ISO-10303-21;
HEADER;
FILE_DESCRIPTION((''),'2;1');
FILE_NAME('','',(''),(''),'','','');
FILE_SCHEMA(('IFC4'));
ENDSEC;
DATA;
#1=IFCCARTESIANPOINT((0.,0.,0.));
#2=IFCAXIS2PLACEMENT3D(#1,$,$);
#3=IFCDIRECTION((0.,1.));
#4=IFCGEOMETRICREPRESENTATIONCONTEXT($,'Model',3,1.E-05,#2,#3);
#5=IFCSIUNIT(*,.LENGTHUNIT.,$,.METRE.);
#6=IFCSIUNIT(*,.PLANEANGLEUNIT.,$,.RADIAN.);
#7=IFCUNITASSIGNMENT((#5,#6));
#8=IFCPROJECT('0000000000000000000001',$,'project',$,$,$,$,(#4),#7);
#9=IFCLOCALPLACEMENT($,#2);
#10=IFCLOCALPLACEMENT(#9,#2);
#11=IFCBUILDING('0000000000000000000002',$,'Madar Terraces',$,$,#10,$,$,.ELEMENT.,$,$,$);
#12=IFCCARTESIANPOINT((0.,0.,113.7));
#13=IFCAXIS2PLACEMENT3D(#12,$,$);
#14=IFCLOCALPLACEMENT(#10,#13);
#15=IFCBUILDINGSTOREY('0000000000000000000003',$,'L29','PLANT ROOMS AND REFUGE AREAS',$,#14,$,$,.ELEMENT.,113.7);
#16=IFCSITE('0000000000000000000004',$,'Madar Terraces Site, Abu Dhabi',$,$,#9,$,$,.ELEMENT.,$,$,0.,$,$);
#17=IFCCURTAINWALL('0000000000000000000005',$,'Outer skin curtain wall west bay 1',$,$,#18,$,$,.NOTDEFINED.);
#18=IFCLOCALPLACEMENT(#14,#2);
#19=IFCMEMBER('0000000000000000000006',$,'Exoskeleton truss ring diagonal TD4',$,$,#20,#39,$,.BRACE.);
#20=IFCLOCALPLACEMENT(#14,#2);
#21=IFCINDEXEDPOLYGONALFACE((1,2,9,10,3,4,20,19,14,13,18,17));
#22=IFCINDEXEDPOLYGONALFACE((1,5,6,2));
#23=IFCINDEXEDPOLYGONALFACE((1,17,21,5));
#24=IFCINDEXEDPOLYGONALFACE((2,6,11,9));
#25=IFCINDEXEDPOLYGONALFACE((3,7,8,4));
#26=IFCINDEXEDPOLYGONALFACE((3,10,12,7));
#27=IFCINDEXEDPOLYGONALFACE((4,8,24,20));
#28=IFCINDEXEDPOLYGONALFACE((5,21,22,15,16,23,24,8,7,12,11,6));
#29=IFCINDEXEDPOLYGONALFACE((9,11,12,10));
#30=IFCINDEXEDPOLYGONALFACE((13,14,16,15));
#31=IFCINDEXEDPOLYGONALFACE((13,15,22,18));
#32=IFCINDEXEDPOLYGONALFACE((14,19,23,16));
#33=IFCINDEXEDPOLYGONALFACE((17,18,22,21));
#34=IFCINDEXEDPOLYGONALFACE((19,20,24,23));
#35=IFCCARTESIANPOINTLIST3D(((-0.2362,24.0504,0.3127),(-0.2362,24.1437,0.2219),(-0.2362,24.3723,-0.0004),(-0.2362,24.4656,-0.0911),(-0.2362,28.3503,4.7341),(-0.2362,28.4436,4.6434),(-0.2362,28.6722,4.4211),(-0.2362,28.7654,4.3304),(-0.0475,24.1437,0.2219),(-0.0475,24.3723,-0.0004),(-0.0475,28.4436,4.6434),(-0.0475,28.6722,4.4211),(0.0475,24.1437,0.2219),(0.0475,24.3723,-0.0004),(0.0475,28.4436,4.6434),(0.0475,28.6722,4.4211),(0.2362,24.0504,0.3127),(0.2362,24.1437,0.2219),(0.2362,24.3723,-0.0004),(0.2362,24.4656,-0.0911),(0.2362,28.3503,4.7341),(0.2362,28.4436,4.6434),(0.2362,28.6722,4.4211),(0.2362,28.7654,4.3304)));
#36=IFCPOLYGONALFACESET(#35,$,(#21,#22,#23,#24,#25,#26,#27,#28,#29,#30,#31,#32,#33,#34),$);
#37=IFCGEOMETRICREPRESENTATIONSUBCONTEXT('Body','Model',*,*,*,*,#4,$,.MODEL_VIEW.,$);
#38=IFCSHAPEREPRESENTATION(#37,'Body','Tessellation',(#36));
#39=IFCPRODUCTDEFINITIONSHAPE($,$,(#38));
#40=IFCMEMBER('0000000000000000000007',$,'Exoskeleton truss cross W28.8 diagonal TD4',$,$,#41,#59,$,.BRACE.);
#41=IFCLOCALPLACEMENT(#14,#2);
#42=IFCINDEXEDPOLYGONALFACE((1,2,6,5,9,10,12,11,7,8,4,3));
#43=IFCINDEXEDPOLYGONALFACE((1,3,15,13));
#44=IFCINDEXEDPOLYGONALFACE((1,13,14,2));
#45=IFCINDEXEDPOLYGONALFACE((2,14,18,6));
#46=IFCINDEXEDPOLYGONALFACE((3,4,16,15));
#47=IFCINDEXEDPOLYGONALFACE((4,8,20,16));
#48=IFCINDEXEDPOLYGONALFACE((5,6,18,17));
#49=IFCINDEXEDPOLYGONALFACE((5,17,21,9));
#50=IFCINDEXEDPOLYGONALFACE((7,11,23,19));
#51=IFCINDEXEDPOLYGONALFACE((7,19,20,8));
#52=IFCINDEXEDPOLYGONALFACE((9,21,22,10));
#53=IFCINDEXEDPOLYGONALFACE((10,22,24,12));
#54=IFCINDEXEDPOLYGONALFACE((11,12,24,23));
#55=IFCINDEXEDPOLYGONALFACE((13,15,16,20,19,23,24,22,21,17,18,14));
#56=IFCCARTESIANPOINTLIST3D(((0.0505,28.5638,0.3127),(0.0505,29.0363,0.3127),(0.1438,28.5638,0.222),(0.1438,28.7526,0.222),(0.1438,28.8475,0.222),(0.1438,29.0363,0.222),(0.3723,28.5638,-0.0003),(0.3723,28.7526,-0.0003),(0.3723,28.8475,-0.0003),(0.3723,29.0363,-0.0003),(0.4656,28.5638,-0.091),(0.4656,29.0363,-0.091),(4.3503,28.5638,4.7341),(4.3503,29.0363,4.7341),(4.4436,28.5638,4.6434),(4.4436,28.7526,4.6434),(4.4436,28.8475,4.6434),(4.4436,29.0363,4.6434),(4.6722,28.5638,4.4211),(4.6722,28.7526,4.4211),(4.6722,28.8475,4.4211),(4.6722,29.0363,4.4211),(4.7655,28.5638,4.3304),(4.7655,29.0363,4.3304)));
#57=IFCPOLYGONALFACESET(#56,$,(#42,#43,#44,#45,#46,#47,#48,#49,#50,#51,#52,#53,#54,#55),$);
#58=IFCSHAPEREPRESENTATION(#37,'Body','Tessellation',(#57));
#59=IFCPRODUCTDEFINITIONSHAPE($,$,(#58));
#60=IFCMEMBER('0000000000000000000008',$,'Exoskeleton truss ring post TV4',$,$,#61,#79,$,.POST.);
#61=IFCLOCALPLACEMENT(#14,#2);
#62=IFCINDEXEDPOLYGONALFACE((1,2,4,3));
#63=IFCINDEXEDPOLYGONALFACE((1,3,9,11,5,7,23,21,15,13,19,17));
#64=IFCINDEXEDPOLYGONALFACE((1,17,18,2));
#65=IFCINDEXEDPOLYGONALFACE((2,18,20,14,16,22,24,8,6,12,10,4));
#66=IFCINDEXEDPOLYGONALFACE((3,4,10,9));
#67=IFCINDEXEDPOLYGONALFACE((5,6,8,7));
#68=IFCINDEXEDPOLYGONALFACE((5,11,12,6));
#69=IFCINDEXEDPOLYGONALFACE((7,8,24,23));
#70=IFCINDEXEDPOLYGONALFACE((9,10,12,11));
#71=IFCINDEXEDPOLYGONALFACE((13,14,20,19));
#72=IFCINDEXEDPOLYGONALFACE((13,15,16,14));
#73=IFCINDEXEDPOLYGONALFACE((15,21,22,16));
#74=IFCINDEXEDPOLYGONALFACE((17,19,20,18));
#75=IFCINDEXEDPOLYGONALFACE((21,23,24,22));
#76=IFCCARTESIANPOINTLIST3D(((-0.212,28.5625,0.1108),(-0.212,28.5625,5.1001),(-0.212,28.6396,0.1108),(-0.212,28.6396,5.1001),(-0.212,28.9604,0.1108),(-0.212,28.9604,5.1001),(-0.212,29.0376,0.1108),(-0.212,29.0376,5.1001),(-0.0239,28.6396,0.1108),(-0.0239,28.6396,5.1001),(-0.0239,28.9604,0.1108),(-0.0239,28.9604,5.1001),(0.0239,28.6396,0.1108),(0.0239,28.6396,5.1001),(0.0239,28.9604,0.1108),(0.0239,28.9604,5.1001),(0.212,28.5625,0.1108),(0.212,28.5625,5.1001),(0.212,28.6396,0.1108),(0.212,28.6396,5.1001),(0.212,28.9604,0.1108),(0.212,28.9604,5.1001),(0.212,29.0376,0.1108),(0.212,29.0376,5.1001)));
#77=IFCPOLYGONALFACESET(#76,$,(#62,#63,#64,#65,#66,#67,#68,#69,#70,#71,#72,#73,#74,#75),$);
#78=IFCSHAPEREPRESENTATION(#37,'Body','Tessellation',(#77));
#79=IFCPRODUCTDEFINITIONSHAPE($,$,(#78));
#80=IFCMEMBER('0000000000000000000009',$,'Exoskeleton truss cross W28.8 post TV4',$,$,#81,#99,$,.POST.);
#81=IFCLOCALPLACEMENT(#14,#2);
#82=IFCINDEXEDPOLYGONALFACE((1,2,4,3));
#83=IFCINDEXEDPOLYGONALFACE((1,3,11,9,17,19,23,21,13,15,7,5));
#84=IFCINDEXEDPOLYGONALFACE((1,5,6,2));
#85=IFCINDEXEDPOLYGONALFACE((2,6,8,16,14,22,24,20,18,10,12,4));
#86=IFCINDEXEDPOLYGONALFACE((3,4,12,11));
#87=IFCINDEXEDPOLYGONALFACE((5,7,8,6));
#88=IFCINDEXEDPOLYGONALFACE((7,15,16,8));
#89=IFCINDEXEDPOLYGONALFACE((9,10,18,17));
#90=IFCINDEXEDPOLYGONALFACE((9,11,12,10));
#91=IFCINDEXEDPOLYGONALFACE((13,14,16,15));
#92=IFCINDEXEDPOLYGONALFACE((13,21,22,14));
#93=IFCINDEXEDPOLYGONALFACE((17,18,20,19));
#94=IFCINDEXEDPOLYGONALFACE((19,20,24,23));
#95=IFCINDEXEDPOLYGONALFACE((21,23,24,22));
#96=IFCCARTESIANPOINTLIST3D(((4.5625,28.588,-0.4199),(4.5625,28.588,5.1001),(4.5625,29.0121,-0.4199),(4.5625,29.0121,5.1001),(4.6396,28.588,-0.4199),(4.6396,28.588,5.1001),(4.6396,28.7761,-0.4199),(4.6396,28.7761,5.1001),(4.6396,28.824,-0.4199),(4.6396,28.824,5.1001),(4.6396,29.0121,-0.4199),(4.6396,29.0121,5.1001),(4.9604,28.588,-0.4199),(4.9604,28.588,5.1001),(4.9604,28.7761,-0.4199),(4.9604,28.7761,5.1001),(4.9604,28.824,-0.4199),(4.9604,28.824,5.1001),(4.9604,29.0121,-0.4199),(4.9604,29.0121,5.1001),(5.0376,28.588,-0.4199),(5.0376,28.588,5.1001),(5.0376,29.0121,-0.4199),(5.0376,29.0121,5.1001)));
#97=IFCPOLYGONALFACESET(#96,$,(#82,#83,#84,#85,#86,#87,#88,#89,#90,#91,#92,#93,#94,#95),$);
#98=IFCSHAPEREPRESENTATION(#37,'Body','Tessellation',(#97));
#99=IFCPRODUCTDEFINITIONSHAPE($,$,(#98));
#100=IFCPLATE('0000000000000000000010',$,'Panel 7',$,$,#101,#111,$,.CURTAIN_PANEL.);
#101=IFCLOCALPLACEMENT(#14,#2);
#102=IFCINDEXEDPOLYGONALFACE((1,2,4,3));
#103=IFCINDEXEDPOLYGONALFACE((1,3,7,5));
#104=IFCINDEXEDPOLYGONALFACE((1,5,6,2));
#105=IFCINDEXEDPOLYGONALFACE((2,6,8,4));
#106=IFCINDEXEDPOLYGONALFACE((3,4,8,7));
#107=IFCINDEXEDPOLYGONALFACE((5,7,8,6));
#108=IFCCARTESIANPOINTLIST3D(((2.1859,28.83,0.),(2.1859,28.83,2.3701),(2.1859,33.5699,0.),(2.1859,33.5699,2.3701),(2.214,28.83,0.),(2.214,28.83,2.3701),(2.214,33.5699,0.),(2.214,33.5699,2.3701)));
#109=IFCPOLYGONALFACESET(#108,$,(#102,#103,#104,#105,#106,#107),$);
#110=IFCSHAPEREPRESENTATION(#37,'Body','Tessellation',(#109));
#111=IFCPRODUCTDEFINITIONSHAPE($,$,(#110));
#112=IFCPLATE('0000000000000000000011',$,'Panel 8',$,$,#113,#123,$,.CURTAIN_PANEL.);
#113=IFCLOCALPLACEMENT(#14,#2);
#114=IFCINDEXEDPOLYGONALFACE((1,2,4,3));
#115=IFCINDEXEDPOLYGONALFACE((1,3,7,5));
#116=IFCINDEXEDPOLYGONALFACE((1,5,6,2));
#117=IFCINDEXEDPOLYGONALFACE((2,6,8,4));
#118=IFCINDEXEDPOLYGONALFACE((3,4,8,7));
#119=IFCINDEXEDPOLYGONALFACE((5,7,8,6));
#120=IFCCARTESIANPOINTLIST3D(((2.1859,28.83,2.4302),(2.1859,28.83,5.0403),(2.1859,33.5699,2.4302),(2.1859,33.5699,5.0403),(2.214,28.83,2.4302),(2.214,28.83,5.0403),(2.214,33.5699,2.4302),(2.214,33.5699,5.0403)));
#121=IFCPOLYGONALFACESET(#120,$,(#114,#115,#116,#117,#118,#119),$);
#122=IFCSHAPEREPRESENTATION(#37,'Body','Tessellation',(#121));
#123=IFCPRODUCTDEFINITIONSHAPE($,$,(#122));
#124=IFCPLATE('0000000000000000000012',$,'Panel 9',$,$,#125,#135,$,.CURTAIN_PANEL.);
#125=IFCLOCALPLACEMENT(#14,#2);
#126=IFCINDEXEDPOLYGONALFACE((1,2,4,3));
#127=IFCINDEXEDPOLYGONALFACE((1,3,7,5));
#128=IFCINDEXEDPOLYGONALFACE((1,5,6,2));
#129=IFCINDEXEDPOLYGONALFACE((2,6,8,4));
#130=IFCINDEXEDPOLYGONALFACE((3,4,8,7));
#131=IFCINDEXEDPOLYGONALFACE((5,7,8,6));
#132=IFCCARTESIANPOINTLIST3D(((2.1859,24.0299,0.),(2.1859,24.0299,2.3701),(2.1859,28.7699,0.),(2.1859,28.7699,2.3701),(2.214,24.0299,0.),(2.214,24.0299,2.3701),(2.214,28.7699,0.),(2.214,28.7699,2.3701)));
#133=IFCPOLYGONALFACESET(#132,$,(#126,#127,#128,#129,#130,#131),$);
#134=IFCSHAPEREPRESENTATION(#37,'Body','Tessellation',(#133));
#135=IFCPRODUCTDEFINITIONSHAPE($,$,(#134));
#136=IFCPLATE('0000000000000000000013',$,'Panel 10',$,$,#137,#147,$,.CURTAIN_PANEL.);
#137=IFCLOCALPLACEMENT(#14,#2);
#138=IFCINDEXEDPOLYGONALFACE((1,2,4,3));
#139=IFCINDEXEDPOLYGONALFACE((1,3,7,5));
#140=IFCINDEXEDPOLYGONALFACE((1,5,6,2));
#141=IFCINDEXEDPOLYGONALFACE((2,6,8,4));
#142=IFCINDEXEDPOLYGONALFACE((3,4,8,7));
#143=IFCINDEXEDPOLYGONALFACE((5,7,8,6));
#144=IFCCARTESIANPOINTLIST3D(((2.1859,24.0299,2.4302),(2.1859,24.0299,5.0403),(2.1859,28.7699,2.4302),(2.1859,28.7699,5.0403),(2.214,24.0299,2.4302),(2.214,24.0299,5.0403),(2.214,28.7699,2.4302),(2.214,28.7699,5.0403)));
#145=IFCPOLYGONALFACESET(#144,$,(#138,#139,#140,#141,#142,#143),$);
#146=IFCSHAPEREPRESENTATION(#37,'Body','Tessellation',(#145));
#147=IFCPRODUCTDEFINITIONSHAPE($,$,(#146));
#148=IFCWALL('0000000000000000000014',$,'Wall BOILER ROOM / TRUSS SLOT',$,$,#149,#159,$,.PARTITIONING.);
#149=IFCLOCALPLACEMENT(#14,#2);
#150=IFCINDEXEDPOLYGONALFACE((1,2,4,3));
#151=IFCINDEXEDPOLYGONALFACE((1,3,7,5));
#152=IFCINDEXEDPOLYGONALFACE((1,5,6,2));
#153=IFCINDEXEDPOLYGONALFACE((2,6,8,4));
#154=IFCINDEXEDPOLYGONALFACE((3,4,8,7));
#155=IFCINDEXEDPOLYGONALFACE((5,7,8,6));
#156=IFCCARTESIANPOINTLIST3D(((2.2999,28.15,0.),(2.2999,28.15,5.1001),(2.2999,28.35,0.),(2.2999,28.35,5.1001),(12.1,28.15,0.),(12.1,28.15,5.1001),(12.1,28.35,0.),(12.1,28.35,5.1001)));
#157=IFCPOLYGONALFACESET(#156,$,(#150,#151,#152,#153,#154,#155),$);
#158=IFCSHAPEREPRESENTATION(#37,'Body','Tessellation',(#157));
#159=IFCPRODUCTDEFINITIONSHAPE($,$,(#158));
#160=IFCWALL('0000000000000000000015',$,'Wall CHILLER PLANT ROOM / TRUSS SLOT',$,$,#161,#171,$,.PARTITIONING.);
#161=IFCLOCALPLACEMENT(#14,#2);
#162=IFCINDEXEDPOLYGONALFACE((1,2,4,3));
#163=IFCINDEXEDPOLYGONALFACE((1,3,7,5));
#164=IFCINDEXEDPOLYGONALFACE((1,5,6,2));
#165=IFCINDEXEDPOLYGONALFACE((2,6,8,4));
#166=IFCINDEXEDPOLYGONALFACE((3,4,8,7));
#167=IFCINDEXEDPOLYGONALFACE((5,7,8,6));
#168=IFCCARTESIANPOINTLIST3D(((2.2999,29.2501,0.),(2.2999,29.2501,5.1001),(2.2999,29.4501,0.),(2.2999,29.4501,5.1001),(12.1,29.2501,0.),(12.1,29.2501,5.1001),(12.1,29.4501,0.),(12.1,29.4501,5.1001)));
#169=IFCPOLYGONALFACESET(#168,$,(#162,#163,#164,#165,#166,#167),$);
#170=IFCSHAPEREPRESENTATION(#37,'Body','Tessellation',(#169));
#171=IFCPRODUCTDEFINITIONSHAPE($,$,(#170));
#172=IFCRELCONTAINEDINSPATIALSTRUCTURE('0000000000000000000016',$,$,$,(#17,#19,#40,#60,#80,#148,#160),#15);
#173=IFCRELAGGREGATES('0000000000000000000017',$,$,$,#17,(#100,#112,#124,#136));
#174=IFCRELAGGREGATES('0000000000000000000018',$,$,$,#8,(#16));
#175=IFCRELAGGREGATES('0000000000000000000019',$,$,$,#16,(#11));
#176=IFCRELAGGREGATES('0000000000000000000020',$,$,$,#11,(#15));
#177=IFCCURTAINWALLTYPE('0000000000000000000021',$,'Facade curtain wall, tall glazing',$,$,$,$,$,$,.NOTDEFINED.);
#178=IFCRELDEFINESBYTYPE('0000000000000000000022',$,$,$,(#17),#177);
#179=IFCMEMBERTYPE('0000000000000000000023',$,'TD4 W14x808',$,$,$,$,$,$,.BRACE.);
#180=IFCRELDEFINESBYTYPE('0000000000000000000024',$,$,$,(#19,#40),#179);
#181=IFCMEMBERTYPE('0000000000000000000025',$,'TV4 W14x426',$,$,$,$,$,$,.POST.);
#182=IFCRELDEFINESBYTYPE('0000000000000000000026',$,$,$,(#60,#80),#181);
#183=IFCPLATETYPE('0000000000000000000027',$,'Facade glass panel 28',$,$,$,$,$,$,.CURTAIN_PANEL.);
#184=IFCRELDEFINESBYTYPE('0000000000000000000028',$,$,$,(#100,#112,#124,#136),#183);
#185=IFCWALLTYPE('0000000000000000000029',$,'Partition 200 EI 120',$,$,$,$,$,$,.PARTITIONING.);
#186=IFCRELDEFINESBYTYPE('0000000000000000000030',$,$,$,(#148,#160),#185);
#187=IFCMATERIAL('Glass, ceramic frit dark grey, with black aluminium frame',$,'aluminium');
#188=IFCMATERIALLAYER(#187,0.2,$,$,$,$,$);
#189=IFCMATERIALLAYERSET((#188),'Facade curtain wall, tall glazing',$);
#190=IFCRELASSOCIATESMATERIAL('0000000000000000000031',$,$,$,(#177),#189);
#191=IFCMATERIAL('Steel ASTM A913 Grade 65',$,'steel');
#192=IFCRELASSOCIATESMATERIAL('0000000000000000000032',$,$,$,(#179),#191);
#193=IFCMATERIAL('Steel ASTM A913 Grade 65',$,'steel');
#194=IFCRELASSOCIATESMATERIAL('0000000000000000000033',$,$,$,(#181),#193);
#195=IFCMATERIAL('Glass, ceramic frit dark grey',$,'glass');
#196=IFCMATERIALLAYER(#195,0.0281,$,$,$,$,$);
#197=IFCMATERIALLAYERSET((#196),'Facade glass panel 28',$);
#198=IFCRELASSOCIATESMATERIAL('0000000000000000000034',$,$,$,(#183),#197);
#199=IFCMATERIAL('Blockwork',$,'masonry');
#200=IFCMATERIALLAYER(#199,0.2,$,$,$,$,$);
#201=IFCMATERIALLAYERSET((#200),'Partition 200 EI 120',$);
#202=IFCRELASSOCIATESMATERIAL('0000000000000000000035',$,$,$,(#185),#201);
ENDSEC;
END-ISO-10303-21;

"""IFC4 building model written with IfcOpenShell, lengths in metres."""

from ifc_helpers import new_model, si_unit, direction, frame, frame_2d, origin, origin_2d, place, context, subcontext, project, spatial, rectangle, i_section, extrude, material, layer, layer_set, material_profile, profile_set, type_object, element, aggregate, save


model = new_model("IFC4")

# Units and contexts
model_context = context("Model", 3, precision=1e-05, world=origin(), true_north=direction((0.0, 1.0)))
body_context = subcontext(model_context, "Body", "Model", "MODEL_VIEW")
ifc_project = project(units=[si_unit("LENGTHUNIT", "METRE"), si_unit("PLANEANGLEUNIT", "RADIAN")], contexts=[model_context])

# Site, building, storey
site_placement = place(None, origin())
site = spatial("IfcSite", under=ifc_project, at=site_placement, Name="Madar Terraces Site, Abu Dhabi", CompositionType="ELEMENT", RefElevation=0.0)
building_placement = place(site_placement, origin())
building = spatial("IfcBuilding", under=site, at=building_placement, Name="Madar Terraces", CompositionType="ELEMENT")
storey_placement = place(building_placement, frame((0.0, 0.0, 113.7)))
storey = spatial("IfcBuildingStorey", under=building, at=storey_placement, Name="L29", Description="PLANT ROOMS AND REFUGE AREAS", CompositionType="ELEMENT", Elevation=113.7)

# Curtain wall
ifc_material_1 = material(Name="Glass, ceramic frit dark grey, with black aluminium frame", Category="aluminium")
ifc_layer_1 = layer(ifc_material_1, 0.2)
ifc_layer_set_1 = layer_set([ifc_layer_1], Name="Facade curtain wall, tall glazing")
curtain_wall_type = type_object("IfcCurtainWallType", Name="Facade curtain wall, tall glazing", PredefinedType="NOTDEFINED", material=ifc_layer_set_1)
curtain_wall_placement = place(storey_placement, origin())
curtain_wall = element("IfcCurtainWall", 1, at=curtain_wall_placement, inside=storey, type_object=curtain_wall_type, Name="Outer skin curtain wall west bay 1", PredefinedType="NOTDEFINED")

# Members
ifc_material_2 = material(Name="Steel ASTM A913 Grade 65", Category="steel")
ifc_material_profile_1 = material_profile(ifc_material_2, i_section(OverallWidth=0.4724, OverallDepth=0.5791, WebThickness=0.095, FlangeThickness=0.1301, at=origin_2d()), Name="W14x808")
ifc_profile_set_1 = profile_set([ifc_material_profile_1], Name="Steel ASTM A913 Grade 65")
member_type_1 = type_object("IfcMemberType", Name="TD4 W14x808", PredefinedType="BRACE", material=ifc_profile_set_1)
for number, where, z_axis, x_axis, name in (
    (2, (0.0, 28.5579, 4.5322), (0.0, -0.697181, -0.716895), (1.0, 0.0, 0.0), "Exoskeleton truss ring diagonal TD4"),
    (3, (0.2581, 28.8, 0.1108), (0.697181, 0.0, 0.716895), (0.0, 1.0, 0.0), "Exoskeleton truss cross W28.8 diagonal TD4"),
):
    element("IfcMember", number, at=place(storey_placement, frame(where, z_axis=z_axis, x_axis=x_axis)), inside=storey, type_object=member_type_1, Name=name, PredefinedType="BRACE", context=body_context, shape_type="SweptSolid", body=[
        extrude(i_section(OverallWidth=0.4724, OverallDepth=0.5791, WebThickness=0.095, FlangeThickness=0.1301, at=origin_2d()), origin(), (0.0, 0.0, 1.0), 6.1675),
    ])
ifc_material_3 = material(Name="Steel ASTM A913 Grade 65", Category="steel")
ifc_material_profile_2 = material_profile(ifc_material_3, i_section(OverallWidth=0.4241, OverallDepth=0.4751, WebThickness=0.0479, FlangeThickness=0.0771, at=origin_2d()), Name="W14x426")
ifc_profile_set_2 = profile_set([ifc_material_profile_2], Name="Steel ASTM A913 Grade 65")
member_type_2 = type_object("IfcMemberType", Name="TV4 W14x426", PredefinedType="POST", material=ifc_profile_set_2)
member_1_placement = place(storey_placement, frame((0.0, 28.8, 0.1108), z_axis=(0.0, 0.0, 1.0), x_axis=(1.0, 0.0, 0.0)))
element("IfcMember", 4, at=member_1_placement, inside=storey, type_object=member_type_2, Name="Exoskeleton truss ring post TV4", PredefinedType="POST", context=body_context, shape_type="SweptSolid", body=[
    extrude(i_section(OverallWidth=0.4241, OverallDepth=0.4751, WebThickness=0.0479, FlangeThickness=0.0771, at=origin_2d()), origin(), (0.0, 0.0, 1.0), 4.9893),
])
member_2_placement = place(storey_placement, frame((4.8, 28.8, -0.4199), z_axis=(0.0, 0.0, 1.0), x_axis=(0.0, 1.0, 0.0)))
element("IfcMember", 5, at=member_2_placement, inside=storey, type_object=member_type_2, Name="Exoskeleton truss cross W28.8 post TV4", PredefinedType="POST", context=body_context, shape_type="SweptSolid", body=[
    extrude(i_section(OverallWidth=0.4241, OverallDepth=0.4751, WebThickness=0.0479, FlangeThickness=0.0771, at=origin_2d()), origin(), (0.0, 0.0, 1.0), 5.52),
])

# Plates
ifc_material_4 = material(Name="Glass, ceramic frit dark grey", Category="glass")
ifc_layer_2 = layer(ifc_material_4, 0.0281)
ifc_layer_set_2 = layer_set([ifc_layer_2], Name="Facade glass panel 28")
plate_type = type_object("IfcPlateType", Name="Facade glass panel 28", PredefinedType="CURTAIN_PANEL", material=ifc_layer_set_2)
plate_1_placement = place(storey_placement, frame((2.2, 31.2, 0.0), z_axis=(0.0, 0.0, 1.0), x_axis=(0.0, -1.0, 0.0)))
plate_1 = element("IfcPlate", 6, at=plate_1_placement, type_object=plate_type, Name="Panel 7", PredefinedType="CURTAIN_PANEL", context=body_context, shape_type="SweptSolid", body=[
    extrude(rectangle(XDim=4.74, YDim=0.0281, at=origin_2d()), origin(), (0.0, 0.0, 1.0), 2.3701),
])
plate_2_placement = place(storey_placement, frame((2.2, 31.2, 2.4302), z_axis=(0.0, 0.0, 1.0), x_axis=(0.0, -1.0, 0.0)))
plate_2 = element("IfcPlate", 7, at=plate_2_placement, type_object=plate_type, Name="Panel 8", PredefinedType="CURTAIN_PANEL", context=body_context, shape_type="SweptSolid", body=[
    extrude(rectangle(XDim=4.74, YDim=0.0281, at=origin_2d()), origin(), (0.0, 0.0, 1.0), 2.6101),
])
plate_3_placement = place(storey_placement, frame((2.2, 26.3999, 0.0), z_axis=(0.0, 0.0, 1.0), x_axis=(0.0, -1.0, 0.0)))
plate_3 = element("IfcPlate", 8, at=plate_3_placement, type_object=plate_type, Name="Panel 9", PredefinedType="CURTAIN_PANEL", context=body_context, shape_type="SweptSolid", body=[
    extrude(rectangle(XDim=4.74, YDim=0.0281, at=origin_2d()), origin(), (0.0, 0.0, 1.0), 2.3701),
])
plate_4_placement = place(storey_placement, frame((2.2, 26.3999, 2.4302), z_axis=(0.0, 0.0, 1.0), x_axis=(0.0, -1.0, 0.0)))
plate_4 = element("IfcPlate", 9, at=plate_4_placement, type_object=plate_type, Name="Panel 10", PredefinedType="CURTAIN_PANEL", context=body_context, shape_type="SweptSolid", body=[
    extrude(rectangle(XDim=4.74, YDim=0.0281, at=origin_2d()), origin(), (0.0, 0.0, 1.0), 2.6101),
])
aggregate(curtain_wall, [plate_1, plate_2, plate_3, plate_4])

# Walls
ifc_material_5 = material(Name="Blockwork", Category="masonry")
ifc_layer_3 = layer(ifc_material_5, 0.2)
ifc_layer_set_3 = layer_set([ifc_layer_3], Name="Partition 200 EI 120")
wall_type = type_object("IfcWallType", Name="Partition 200 EI 120", PredefinedType="PARTITIONING", material=ifc_layer_set_3)
for number, where, z_axis, x_axis, name in (
    (10, (2.3, 28.25, 0.0), (0.0, 0.0, 1.0), (1.0, 0.0, 0.0), "Wall BOILER ROOM / TRUSS SLOT"),
    (11, (2.3, 29.3501, 0.0), (0.0, 0.0, 1.0), (1.0, 0.0, 0.0), "Wall CHILLER PLANT ROOM / TRUSS SLOT"),
):
    element("IfcWall", number, at=place(storey_placement, frame(where, z_axis=z_axis, x_axis=x_axis)), inside=storey, type_object=wall_type, Name=name, PredefinedType="PARTITIONING", context=body_context, shape_type="SweptSolid", body=[
        extrude(rectangle(XDim=9.8, YDim=0.2, at=frame_2d((4.8999, 0.0))), origin(), (0.0, 0.0, 1.0), 5.1001),
    ])

save(model, "model.ifc")
